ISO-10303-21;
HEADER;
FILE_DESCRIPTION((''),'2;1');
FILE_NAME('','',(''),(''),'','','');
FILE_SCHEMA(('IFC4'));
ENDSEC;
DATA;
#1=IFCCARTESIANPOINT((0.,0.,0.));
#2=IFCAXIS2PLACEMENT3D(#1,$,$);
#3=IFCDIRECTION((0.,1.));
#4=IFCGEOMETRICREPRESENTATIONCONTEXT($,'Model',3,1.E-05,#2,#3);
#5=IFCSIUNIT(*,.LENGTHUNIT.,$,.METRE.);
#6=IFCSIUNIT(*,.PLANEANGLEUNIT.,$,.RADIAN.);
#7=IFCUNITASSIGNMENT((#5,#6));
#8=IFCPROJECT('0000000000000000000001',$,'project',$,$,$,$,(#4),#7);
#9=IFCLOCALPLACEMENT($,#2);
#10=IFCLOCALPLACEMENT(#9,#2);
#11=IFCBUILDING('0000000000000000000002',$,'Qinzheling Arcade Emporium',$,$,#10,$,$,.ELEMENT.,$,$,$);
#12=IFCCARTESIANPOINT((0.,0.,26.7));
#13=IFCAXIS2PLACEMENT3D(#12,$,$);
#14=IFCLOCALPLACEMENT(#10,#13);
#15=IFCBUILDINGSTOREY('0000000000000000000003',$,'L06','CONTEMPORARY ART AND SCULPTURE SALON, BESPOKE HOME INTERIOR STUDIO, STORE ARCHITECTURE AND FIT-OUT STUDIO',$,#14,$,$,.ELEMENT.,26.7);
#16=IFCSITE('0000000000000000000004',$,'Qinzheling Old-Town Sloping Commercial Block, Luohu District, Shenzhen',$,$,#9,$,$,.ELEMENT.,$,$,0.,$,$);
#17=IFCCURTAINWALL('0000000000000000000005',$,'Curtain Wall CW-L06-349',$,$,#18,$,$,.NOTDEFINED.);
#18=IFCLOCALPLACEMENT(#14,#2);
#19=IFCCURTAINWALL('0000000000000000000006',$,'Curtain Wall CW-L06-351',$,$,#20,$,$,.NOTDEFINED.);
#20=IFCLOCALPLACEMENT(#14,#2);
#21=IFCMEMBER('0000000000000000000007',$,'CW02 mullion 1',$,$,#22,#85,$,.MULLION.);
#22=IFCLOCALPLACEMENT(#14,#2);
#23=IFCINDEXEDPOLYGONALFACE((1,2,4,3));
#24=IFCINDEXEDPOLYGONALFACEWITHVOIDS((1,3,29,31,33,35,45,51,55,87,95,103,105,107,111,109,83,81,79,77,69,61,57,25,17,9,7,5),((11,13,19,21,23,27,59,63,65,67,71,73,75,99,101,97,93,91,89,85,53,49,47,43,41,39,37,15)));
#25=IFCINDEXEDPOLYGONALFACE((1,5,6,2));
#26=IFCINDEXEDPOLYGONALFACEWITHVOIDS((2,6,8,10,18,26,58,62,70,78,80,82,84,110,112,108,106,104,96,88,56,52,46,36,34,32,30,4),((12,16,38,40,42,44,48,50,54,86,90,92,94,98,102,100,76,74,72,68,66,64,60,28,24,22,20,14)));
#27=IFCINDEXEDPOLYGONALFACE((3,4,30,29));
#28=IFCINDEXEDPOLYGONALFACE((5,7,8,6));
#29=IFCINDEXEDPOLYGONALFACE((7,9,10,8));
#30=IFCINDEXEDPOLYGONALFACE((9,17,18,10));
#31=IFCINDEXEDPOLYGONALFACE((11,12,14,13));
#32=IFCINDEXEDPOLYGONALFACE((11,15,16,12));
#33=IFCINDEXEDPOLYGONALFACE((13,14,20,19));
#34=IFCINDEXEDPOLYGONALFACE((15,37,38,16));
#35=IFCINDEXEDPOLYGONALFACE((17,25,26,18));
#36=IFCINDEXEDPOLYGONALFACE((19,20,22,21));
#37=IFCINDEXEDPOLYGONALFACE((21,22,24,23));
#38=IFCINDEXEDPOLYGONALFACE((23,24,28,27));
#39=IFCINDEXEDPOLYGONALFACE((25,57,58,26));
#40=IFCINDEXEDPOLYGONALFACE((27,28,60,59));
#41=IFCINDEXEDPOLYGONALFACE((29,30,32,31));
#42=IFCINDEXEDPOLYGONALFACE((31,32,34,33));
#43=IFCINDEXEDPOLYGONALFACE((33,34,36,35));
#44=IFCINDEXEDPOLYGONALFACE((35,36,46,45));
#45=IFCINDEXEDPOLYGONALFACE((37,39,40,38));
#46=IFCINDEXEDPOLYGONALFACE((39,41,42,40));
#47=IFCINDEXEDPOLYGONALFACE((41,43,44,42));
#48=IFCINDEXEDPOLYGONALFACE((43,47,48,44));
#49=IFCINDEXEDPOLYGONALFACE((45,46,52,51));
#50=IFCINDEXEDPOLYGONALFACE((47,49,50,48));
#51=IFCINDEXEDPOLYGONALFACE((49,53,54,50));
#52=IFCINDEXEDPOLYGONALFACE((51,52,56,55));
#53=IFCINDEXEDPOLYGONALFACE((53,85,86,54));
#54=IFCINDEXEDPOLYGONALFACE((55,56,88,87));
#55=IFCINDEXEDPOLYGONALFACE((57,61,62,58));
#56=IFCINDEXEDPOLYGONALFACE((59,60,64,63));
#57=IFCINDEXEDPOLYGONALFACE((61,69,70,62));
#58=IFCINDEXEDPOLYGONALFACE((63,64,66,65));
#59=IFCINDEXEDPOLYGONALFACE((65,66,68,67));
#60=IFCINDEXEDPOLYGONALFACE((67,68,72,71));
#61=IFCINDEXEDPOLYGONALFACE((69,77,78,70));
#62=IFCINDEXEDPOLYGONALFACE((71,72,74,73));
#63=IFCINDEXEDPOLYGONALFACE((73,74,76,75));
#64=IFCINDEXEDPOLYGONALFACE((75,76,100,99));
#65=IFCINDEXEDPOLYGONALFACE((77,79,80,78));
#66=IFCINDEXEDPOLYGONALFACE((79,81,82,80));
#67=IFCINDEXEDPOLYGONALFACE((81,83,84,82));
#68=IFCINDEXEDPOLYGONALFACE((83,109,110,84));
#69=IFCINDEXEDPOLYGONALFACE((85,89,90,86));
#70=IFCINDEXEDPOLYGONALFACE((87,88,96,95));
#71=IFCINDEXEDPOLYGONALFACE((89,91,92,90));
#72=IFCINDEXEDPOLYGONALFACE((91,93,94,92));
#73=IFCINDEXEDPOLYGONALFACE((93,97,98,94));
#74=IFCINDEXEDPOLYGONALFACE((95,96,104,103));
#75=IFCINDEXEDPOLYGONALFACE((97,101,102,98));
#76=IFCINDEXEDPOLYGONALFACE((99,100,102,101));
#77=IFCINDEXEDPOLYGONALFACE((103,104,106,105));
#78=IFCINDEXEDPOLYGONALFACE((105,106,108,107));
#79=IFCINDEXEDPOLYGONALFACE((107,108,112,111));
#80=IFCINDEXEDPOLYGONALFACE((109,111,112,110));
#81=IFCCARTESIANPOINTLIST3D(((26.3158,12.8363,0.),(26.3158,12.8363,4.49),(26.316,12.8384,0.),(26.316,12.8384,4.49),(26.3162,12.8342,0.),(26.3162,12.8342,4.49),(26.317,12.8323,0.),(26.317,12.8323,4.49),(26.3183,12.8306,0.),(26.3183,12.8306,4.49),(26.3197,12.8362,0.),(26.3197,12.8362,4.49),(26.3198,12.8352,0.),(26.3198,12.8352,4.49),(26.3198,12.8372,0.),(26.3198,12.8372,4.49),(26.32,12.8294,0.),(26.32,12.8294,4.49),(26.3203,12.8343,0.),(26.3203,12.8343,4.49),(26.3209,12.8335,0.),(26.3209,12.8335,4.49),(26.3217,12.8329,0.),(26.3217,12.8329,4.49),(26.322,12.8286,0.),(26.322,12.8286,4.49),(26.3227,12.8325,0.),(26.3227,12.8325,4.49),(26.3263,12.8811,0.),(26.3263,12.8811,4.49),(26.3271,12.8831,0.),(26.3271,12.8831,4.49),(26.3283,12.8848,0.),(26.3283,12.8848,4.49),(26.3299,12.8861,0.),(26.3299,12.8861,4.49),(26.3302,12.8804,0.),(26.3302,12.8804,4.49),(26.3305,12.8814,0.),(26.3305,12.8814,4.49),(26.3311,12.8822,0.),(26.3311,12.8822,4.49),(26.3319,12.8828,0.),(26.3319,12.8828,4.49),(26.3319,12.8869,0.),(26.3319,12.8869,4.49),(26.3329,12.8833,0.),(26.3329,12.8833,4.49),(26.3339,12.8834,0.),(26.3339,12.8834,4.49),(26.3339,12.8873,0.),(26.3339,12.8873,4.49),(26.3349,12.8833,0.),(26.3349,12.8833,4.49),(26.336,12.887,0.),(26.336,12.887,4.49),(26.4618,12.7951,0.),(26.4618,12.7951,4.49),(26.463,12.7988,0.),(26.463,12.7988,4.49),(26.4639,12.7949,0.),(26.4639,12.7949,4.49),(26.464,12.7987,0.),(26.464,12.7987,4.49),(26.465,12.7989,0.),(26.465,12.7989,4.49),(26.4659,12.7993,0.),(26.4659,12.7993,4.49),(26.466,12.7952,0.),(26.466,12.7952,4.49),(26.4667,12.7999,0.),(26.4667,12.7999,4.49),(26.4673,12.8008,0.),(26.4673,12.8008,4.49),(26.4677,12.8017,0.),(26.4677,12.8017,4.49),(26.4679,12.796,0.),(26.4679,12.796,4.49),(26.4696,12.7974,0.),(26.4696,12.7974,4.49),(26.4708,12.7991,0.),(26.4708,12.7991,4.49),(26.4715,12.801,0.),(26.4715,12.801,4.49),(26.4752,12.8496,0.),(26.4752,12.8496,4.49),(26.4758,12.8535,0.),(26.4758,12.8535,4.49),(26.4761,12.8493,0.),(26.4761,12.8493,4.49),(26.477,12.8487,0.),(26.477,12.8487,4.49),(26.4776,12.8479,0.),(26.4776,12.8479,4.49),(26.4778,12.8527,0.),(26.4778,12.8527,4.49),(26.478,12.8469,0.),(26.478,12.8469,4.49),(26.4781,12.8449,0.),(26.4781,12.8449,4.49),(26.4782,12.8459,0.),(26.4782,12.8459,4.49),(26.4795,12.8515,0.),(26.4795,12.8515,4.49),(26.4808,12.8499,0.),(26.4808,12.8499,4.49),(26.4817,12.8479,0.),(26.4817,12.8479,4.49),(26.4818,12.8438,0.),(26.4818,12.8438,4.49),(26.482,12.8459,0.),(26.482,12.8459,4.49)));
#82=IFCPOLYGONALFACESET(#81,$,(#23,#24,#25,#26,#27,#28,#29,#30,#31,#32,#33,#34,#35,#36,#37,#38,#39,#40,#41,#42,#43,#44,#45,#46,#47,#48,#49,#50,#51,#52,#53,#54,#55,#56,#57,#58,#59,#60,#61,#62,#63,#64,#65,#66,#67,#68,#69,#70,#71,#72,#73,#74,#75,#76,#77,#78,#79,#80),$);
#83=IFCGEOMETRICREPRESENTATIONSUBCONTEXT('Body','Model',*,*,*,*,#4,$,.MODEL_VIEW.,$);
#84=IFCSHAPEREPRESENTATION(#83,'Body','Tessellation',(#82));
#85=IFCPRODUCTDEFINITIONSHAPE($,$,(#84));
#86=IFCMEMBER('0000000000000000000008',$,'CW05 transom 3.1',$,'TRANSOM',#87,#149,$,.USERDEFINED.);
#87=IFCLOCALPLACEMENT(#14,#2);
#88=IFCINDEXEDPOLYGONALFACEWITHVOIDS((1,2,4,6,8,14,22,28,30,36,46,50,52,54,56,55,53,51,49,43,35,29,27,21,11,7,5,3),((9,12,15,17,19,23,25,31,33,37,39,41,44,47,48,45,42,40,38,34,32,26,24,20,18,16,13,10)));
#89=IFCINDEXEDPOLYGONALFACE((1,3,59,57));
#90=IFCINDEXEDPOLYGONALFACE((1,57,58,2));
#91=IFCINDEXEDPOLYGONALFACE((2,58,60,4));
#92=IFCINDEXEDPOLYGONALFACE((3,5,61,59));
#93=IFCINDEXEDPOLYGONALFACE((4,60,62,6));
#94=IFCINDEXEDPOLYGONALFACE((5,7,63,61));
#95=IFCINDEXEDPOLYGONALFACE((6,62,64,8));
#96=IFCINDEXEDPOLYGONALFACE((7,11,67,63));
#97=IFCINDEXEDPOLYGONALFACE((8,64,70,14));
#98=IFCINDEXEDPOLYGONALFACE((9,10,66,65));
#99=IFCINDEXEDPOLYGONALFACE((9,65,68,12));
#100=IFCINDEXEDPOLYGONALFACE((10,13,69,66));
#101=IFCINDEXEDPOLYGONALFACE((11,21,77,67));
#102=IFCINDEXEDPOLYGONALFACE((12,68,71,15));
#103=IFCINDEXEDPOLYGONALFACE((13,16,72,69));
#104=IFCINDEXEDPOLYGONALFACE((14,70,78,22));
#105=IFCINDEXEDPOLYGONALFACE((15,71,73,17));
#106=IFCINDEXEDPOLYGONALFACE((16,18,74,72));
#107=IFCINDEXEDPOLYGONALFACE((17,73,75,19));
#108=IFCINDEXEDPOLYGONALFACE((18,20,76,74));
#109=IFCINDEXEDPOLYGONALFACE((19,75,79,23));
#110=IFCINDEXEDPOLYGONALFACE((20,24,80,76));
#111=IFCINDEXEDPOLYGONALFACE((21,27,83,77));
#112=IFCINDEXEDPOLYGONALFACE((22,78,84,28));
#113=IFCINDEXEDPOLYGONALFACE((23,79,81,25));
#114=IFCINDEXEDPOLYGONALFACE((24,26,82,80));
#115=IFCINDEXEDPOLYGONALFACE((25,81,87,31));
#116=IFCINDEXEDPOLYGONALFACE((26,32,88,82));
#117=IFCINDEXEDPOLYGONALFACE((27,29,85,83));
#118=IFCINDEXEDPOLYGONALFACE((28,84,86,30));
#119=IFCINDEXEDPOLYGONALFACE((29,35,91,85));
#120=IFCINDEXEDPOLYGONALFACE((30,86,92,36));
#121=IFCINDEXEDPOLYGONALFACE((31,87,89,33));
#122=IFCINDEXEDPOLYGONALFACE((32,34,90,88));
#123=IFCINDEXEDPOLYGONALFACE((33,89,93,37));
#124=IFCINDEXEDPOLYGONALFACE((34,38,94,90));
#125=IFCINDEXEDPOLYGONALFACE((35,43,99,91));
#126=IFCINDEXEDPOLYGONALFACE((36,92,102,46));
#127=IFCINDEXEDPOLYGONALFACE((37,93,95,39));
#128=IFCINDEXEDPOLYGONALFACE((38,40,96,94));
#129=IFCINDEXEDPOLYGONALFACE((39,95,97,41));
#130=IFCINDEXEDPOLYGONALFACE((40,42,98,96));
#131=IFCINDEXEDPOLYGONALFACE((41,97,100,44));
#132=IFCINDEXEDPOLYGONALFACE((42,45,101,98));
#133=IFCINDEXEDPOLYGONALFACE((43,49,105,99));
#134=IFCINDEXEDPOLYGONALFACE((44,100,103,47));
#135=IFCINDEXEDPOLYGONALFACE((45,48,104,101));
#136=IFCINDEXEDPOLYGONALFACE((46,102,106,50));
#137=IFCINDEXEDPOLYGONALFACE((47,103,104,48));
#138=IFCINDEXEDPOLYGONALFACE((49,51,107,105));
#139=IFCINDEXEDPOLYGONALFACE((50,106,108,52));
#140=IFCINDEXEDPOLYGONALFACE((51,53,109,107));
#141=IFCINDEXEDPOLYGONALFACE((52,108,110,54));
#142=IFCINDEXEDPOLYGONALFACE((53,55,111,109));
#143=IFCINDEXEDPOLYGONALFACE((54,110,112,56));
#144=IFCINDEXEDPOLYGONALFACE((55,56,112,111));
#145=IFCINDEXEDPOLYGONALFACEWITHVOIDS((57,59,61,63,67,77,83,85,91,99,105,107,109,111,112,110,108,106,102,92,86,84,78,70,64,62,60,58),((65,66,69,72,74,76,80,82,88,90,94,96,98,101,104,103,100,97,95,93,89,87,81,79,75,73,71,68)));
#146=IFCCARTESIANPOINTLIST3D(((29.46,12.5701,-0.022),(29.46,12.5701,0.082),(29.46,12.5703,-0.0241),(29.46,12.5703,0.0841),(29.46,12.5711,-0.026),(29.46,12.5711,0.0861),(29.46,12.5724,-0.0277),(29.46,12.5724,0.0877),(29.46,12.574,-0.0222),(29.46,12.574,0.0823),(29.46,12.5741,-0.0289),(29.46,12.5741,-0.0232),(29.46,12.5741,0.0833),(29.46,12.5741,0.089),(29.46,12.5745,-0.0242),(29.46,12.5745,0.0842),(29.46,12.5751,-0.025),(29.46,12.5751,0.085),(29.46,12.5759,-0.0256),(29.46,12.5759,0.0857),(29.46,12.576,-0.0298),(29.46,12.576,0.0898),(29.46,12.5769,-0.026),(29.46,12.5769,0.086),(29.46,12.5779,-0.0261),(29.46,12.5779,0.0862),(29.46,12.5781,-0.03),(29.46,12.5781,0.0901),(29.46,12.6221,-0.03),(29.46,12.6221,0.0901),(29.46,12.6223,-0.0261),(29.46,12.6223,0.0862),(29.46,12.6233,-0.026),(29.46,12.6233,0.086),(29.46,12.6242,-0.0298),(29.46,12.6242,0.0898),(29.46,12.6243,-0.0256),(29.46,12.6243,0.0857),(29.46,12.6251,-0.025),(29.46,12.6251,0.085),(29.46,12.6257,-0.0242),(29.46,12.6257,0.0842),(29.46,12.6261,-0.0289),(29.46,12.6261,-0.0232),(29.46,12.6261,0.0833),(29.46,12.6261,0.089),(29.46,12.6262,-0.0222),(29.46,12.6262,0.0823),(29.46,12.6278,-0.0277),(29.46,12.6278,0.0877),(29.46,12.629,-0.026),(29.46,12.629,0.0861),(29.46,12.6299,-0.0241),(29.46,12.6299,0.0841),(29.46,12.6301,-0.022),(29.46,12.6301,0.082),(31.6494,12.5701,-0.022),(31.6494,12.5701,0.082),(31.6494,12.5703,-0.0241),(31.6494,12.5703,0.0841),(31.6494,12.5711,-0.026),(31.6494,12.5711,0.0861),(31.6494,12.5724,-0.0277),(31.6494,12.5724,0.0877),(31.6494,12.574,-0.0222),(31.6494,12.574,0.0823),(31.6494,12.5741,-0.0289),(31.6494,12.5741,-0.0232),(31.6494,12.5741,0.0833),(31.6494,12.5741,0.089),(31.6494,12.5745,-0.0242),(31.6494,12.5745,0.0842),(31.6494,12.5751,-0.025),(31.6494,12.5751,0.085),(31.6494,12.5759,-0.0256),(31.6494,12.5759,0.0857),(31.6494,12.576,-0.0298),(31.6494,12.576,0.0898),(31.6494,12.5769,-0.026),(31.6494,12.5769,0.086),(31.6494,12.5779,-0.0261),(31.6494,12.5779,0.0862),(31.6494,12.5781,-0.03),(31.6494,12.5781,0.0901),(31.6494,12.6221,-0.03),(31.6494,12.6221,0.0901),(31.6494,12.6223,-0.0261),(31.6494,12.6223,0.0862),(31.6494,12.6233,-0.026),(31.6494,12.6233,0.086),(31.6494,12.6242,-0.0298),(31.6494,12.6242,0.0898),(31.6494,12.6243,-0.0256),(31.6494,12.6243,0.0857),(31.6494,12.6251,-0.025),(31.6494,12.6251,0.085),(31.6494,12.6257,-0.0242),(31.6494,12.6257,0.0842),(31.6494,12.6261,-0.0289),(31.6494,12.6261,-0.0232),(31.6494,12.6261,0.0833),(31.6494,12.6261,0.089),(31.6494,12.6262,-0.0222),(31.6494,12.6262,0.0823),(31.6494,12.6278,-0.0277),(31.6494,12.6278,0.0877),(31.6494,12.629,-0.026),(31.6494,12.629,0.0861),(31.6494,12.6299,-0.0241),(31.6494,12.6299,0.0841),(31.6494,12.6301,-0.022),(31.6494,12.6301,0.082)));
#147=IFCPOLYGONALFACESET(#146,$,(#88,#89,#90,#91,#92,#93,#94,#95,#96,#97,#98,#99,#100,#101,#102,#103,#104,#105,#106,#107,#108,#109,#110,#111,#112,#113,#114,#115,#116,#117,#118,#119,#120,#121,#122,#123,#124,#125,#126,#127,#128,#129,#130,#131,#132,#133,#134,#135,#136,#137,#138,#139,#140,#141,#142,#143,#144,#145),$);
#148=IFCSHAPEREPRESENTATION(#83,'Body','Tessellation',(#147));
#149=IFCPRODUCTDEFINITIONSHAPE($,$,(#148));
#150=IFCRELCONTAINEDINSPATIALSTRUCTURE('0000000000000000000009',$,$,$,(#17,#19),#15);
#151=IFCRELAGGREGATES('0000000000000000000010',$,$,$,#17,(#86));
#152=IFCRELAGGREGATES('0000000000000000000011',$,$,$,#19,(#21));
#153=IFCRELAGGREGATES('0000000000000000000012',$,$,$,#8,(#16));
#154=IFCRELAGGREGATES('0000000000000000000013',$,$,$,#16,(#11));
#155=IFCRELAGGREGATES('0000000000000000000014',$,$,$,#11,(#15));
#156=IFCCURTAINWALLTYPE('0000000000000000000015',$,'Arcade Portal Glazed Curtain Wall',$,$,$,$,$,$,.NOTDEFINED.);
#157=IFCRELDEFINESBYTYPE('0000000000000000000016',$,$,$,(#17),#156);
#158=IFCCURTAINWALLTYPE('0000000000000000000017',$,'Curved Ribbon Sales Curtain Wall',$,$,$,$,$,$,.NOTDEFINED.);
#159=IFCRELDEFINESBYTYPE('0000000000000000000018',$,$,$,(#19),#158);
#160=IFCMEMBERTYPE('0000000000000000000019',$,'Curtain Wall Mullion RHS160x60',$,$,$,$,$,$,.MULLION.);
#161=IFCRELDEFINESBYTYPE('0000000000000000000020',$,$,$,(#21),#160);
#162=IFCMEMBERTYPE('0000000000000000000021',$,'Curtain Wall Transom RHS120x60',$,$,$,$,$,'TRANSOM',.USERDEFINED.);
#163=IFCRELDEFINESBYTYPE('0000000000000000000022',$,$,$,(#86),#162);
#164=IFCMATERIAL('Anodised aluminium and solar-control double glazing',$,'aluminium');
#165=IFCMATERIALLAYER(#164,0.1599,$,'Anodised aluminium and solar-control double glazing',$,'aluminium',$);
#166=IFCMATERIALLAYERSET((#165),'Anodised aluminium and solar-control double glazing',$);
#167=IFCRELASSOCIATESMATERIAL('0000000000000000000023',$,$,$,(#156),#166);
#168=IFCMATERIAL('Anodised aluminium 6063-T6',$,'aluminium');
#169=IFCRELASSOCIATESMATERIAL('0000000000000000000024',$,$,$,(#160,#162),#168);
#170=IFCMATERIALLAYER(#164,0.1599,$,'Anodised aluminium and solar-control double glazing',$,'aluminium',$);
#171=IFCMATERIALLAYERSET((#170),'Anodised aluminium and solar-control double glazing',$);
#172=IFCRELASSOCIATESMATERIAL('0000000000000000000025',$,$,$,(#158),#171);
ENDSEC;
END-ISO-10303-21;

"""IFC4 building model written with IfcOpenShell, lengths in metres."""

from ifc_helpers import new_model, si_unit, direction, frame, origin, origin_2d, place, context, subcontext, project, spatial, hollow_rectangle, extrude, material, layer, layer_set, material_profile, profile_set, type_object, element, aggregate, save


model = new_model("IFC4")

# Units and contexts
model_context = context("Model", 3, precision=1e-05, world=origin(), true_north=direction((0.0, 1.0)))
body_context = subcontext(model_context, "Body", "Model", "MODEL_VIEW")
ifc_project = project(units=[si_unit("LENGTHUNIT", "METRE"), si_unit("PLANEANGLEUNIT", "RADIAN")], contexts=[model_context])

# Site, building, storey
site_placement = place(None, origin())
site = spatial("IfcSite", under=ifc_project, at=site_placement, Name="Qinzheling Old-Town Sloping Commercial Block, Luohu District, Shenzhen", CompositionType="ELEMENT", RefElevation=0.0)
building_placement = place(site_placement, origin())
building = spatial("IfcBuilding", under=site, at=building_placement, Name="Qinzheling Arcade Emporium", CompositionType="ELEMENT")
storey_placement = place(building_placement, frame((0.0, 0.0, 26.7)))
storey = spatial("IfcBuildingStorey", under=building, at=storey_placement, Name="L06", Description="CONTEMPORARY ART AND SCULPTURE SALON, BESPOKE HOME INTERIOR STUDIO, STORE ARCHITECTURE AND FIT-OUT STUDIO", CompositionType="ELEMENT", Elevation=26.7)

# Curtain wall
ifc_material_1 = material(Name="Anodised aluminium and solar-control double glazing", Category="aluminium")
ifc_layer_1 = layer(ifc_material_1, 0.1599, Name="Anodised aluminium and solar-control double glazing", Category="aluminium")
ifc_layer_set_1 = layer_set([ifc_layer_1], Name="Anodised aluminium and solar-control double glazing")
curtain_wall_type_1 = type_object("IfcCurtainWallType", Name="Arcade Portal Glazed Curtain Wall", PredefinedType="NOTDEFINED", material=ifc_layer_set_1)
curtain_wall_1_placement = place(storey_placement, origin())
curtain_wall_1 = element("IfcCurtainWall", 1, at=curtain_wall_1_placement, inside=storey, type_object=curtain_wall_type_1, Name="Curtain Wall CW-L06-349", PredefinedType="NOTDEFINED")
ifc_material_2 = material(Name="Anodised aluminium 6063-T6", Category="aluminium")
ifc_material_profile_1 = material_profile(ifc_material_2, hollow_rectangle(XDim=0.0601, YDim=0.1599, WallThickness=0.0039, InnerFilletRadius=0.0039, OuterFilletRadius=0.0081, at=origin_2d()), Name="RHS 160x60x4", Category="aluminium")
ifc_profile_set_1 = profile_set([ifc_material_profile_1], Name="Anodised aluminium 6063-T6")
member_type_1 = type_object("IfcMemberType", Name="Curtain Wall Mullion RHS160x60", PredefinedType="MULLION", material=ifc_profile_set_1)

# Curtain wall, member
ifc_layer_2 = layer(ifc_material_1, 0.1599, Name="Anodised aluminium and solar-control double glazing", Category="aluminium")
ifc_layer_set_2 = layer_set([ifc_layer_2], Name="Anodised aluminium and solar-control double glazing")
curtain_wall_type_2 = type_object("IfcCurtainWallType", Name="Curved Ribbon Sales Curtain Wall", PredefinedType="NOTDEFINED", material=ifc_layer_set_2)
curtain_wall_2_placement = place(storey_placement, origin())
curtain_wall_2 = element("IfcCurtainWall", 2, at=curtain_wall_2_placement, inside=storey, type_object=curtain_wall_type_2, Name="Curtain Wall CW-L06-351", PredefinedType="NOTDEFINED")
member_1_placement = place(storey_placement, frame((26.3989, 12.8411, 0.0), z_axis=(0.0, 0.0, 1.0), x_axis=(-0.233449, -0.972369, 0.0)))
member_1 = element("IfcMember", 3, at=member_1_placement, type_object=member_type_1, Name="CW02 mullion 1", PredefinedType="MULLION", context=body_context, shape_type="SweptSolid", body=[
    extrude(hollow_rectangle(XDim=0.0601, YDim=0.1599, WallThickness=0.0039, InnerFilletRadius=0.0039, OuterFilletRadius=0.0081, at=origin_2d()), origin(), (0.0, 0.0, 1.0), 4.49),
])

# Member
ifc_material_profile_2 = material_profile(ifc_material_2, hollow_rectangle(XDim=0.0601, YDim=0.1201, WallThickness=0.0039, InnerFilletRadius=0.0039, OuterFilletRadius=0.0081, at=origin_2d()), Name="RHS 120x60x4", Category="aluminium")
ifc_profile_set_2 = profile_set([ifc_material_profile_2], Name="Anodised aluminium 6063-T6")
member_type_2 = type_object("IfcMemberType", Name="Curtain Wall Transom RHS120x60", ElementType="TRANSOM", PredefinedType="USERDEFINED", material=ifc_profile_set_2)
member_2_placement = place(storey_placement, frame((31.6494, 12.6001, 0.03), z_axis=(-1.0, 0.0, 0.0), x_axis=(0.0, -1.0, 0.0)))
member_2 = element("IfcMember", 4, at=member_2_placement, type_object=member_type_2, Name="CW05 transom 3.1", ObjectType="TRANSOM", PredefinedType="USERDEFINED", context=body_context, shape_type="SweptSolid", body=[
    extrude(hollow_rectangle(XDim=0.0601, YDim=0.1201, WallThickness=0.0039, InnerFilletRadius=0.0039, OuterFilletRadius=0.0081, at=origin_2d()), origin(), (0.0, 0.0, 1.0), 2.1895),
])

aggregate(curtain_wall_1, [member_2])
aggregate(curtain_wall_2, [member_1])

save(model, "model.ifc")
